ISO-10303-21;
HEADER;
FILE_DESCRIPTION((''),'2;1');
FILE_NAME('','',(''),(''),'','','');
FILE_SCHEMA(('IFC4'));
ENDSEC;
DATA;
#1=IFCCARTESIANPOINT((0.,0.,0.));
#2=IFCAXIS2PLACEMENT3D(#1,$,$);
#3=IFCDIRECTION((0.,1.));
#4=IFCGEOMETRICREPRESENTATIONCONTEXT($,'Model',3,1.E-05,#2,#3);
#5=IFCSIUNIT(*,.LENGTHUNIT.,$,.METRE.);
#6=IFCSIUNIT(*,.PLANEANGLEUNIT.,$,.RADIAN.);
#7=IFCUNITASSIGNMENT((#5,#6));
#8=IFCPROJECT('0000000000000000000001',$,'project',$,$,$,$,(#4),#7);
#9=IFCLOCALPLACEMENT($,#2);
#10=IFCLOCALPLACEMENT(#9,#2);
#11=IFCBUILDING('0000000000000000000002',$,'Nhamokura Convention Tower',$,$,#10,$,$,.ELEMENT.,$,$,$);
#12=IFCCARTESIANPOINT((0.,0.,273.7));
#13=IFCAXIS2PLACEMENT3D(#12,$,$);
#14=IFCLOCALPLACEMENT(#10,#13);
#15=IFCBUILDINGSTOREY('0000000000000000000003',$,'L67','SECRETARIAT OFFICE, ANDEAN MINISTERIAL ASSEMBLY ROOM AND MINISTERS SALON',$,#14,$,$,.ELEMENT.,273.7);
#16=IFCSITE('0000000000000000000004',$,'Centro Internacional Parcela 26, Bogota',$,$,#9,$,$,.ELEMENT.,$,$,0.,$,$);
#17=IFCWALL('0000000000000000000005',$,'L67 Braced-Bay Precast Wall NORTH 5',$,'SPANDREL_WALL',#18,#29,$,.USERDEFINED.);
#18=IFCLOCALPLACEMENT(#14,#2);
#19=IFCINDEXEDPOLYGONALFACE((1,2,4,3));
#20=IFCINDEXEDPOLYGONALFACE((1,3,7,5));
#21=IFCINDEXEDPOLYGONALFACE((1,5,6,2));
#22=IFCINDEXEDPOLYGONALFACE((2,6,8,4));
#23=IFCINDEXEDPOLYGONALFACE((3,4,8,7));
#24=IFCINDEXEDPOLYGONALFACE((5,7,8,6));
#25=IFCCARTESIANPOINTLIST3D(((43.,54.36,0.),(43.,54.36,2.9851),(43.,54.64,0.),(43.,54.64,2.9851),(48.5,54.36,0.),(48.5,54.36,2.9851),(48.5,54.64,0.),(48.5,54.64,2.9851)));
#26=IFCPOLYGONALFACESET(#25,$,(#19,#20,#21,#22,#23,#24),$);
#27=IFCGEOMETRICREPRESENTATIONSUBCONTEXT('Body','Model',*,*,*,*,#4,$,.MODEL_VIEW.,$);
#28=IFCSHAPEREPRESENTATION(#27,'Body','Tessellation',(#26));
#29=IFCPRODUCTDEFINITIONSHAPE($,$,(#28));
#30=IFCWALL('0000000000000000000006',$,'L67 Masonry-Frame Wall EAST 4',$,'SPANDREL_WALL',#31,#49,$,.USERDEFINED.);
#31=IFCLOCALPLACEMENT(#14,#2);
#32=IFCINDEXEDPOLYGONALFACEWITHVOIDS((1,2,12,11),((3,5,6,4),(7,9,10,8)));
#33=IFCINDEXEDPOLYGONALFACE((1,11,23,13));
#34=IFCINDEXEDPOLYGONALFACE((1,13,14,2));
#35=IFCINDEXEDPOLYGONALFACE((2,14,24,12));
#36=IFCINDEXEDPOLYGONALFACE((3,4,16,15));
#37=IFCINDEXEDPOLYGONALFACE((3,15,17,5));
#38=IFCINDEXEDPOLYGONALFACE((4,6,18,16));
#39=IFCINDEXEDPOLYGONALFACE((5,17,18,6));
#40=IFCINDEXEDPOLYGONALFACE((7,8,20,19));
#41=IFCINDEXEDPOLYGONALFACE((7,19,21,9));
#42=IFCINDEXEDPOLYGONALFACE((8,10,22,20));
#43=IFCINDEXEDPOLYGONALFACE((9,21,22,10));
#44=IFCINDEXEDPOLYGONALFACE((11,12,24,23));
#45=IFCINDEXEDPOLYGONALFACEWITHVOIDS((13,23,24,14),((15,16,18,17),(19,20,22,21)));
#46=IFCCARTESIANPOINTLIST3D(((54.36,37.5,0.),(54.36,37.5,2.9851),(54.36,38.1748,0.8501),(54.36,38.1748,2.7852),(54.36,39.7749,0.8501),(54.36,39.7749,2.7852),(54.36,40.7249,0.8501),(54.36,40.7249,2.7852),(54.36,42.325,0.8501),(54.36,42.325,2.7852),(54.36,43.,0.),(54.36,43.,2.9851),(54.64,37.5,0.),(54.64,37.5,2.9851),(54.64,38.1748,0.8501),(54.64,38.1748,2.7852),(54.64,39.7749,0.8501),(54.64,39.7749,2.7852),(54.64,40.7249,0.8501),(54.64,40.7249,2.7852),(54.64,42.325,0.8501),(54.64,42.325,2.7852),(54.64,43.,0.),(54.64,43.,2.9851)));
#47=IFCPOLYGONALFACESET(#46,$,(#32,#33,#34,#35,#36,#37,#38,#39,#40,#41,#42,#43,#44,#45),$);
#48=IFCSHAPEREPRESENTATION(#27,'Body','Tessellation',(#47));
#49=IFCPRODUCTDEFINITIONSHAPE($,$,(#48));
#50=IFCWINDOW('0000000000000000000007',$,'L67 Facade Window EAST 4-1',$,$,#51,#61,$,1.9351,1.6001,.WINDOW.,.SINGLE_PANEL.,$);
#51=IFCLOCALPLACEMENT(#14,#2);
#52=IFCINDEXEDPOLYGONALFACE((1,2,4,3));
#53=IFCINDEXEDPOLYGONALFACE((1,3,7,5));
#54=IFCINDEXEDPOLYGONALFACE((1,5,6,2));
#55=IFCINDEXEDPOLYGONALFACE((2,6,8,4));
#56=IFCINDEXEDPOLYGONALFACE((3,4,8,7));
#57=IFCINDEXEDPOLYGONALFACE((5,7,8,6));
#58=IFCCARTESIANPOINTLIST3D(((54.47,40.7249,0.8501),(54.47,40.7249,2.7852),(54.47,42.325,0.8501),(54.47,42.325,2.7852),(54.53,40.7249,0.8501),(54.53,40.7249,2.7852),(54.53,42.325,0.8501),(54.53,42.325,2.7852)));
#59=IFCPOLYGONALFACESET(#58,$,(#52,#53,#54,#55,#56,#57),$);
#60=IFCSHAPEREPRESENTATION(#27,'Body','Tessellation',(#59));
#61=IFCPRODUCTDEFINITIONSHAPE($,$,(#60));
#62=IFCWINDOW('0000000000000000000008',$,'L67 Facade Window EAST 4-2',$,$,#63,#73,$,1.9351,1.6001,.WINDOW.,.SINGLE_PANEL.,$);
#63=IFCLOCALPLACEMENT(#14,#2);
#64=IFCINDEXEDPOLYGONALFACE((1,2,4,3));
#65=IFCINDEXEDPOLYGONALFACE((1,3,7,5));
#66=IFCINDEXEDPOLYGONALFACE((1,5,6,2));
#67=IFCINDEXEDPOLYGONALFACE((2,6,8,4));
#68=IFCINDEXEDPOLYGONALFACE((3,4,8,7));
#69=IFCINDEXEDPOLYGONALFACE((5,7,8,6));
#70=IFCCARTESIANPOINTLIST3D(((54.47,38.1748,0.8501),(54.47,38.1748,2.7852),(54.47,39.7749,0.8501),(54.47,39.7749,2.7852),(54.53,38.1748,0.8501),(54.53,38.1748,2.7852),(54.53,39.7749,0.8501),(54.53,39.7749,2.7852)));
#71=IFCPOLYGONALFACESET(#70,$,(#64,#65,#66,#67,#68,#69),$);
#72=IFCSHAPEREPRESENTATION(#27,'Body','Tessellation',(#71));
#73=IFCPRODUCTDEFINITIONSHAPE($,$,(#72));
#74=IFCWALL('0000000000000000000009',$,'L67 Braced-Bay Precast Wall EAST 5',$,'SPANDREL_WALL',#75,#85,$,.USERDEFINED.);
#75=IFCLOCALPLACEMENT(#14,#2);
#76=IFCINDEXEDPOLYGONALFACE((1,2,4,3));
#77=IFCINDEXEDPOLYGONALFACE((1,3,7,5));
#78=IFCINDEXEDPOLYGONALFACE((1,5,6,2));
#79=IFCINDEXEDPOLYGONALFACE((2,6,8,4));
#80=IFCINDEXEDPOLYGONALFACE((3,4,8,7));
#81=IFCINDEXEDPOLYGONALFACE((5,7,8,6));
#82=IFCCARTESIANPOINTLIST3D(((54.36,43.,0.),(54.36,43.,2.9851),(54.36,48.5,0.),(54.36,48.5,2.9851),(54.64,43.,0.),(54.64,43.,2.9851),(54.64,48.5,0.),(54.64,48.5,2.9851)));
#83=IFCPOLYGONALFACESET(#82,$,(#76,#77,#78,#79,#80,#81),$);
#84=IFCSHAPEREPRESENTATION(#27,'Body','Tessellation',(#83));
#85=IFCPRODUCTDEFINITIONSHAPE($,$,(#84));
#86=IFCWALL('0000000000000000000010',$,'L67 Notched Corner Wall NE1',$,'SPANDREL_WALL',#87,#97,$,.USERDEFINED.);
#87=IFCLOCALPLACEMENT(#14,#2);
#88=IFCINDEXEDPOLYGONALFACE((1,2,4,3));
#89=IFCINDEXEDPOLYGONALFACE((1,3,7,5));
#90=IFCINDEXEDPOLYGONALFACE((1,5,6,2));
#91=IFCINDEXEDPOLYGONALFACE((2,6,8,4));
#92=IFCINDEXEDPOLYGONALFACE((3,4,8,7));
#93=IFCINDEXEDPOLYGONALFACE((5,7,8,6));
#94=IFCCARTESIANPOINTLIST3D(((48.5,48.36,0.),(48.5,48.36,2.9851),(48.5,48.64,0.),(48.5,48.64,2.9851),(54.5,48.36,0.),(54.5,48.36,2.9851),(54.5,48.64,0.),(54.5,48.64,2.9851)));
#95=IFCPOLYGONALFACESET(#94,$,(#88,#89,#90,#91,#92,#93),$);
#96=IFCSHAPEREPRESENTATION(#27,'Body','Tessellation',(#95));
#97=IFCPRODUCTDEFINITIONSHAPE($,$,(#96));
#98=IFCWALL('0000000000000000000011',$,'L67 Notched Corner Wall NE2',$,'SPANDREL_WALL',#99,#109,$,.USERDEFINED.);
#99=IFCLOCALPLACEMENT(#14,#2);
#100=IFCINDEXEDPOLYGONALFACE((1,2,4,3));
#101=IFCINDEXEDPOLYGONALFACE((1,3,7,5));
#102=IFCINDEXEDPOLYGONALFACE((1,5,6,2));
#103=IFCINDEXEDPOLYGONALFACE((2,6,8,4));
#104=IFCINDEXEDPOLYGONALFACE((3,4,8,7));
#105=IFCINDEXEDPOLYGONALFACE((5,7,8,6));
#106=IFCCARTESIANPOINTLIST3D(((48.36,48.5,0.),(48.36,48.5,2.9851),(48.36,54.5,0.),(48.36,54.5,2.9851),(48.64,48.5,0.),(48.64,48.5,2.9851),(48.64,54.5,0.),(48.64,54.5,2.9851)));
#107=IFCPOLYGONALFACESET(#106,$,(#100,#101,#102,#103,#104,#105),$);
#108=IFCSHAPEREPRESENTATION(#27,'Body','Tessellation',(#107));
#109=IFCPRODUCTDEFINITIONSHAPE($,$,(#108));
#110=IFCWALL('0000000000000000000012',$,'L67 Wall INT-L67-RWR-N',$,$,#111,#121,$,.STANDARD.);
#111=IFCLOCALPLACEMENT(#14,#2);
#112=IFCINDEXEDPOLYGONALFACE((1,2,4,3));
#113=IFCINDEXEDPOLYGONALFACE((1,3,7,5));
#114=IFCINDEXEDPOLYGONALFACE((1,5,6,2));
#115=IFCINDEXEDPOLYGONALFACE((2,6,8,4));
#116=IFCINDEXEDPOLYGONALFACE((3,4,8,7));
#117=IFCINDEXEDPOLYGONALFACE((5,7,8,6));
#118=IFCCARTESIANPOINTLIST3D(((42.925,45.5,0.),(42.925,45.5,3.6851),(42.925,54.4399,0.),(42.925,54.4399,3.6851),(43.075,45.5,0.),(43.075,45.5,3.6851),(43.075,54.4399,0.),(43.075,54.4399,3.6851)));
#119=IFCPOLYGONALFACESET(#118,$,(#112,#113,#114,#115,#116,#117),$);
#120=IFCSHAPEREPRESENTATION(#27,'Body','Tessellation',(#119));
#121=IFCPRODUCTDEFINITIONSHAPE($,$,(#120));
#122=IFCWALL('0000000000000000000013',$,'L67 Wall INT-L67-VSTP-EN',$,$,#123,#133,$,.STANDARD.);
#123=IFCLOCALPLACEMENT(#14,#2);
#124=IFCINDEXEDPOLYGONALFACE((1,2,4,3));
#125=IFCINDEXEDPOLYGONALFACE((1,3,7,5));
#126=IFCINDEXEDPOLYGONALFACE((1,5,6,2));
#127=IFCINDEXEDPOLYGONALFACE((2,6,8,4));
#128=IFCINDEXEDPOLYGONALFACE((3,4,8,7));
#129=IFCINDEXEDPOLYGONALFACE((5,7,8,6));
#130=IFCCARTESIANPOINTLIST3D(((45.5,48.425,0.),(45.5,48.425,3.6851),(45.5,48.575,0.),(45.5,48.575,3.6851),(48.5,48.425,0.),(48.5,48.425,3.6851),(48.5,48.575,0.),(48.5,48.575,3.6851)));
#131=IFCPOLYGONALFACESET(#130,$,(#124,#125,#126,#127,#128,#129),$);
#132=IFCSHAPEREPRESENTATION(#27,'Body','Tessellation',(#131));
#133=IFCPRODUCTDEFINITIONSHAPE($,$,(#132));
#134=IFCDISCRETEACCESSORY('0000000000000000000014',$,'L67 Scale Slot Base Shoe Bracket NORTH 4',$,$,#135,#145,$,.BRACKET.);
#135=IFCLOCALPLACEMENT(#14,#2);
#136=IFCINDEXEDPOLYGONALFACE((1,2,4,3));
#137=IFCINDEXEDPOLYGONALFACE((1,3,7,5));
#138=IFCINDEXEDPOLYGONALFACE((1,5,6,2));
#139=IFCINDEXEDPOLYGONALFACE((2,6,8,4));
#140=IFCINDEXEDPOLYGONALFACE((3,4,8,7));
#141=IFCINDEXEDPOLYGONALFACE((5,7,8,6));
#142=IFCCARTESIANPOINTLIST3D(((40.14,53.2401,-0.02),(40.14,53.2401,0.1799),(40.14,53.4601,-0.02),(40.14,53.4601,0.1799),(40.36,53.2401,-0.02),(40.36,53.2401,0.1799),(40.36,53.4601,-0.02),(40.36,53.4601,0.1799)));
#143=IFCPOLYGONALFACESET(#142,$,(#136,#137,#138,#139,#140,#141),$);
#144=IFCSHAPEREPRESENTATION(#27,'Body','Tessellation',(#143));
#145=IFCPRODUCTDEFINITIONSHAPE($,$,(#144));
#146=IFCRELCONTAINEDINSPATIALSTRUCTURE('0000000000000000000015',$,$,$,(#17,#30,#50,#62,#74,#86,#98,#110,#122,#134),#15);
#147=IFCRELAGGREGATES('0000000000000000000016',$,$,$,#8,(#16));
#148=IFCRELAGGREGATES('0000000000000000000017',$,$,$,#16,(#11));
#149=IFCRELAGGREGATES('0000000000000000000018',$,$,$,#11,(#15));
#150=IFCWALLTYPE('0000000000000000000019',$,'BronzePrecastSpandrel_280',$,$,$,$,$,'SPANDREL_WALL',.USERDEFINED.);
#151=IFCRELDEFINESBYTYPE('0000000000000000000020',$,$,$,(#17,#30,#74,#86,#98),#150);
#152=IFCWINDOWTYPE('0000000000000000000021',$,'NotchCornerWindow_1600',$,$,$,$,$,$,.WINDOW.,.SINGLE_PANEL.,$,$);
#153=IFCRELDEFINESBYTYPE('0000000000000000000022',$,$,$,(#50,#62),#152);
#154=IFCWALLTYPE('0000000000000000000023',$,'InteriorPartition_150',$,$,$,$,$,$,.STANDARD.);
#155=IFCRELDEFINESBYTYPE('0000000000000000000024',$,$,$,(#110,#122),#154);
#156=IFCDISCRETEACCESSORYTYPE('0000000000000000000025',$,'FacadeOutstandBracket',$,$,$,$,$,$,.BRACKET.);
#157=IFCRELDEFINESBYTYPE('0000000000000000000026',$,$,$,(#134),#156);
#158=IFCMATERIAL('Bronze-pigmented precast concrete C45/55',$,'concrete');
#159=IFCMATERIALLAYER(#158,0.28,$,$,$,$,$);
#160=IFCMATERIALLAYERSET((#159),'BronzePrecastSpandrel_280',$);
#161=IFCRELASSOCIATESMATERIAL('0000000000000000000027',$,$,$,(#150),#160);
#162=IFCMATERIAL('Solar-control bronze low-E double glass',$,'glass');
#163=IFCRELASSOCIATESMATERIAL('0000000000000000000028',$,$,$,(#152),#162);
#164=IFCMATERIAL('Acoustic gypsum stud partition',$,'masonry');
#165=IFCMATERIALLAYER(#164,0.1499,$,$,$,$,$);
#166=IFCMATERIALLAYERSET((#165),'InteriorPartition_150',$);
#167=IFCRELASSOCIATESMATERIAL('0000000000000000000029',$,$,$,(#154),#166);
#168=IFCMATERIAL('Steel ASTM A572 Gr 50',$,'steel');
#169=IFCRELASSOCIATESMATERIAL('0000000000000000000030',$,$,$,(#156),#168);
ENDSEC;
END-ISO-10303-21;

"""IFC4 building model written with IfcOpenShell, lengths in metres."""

from ifc_helpers import new_model, si_unit, direction, frame, frame_2d, origin, origin_2d, place, context, subcontext, project, spatial, rectangle, extrude, material, layer, layer_set, type_object, element, fill, save


model = new_model("IFC4")

# Units and contexts
model_context = context("Model", 3, precision=1e-05, world=origin(), true_north=direction((0.0, 1.0)))
body_context = subcontext(model_context, "Body", "Model", "MODEL_VIEW")
ifc_project = project(units=[si_unit("LENGTHUNIT", "METRE"), si_unit("PLANEANGLEUNIT", "RADIAN")], contexts=[model_context])

# Site, building, storey
site_placement = place(None, origin())
site = spatial("IfcSite", under=ifc_project, at=site_placement, Name="Centro Internacional Parcela 26, Bogota", CompositionType="ELEMENT", RefElevation=0.0)
building_placement = place(site_placement, origin())
building = spatial("IfcBuilding", under=site, at=building_placement, Name="Nhamokura Convention Tower", CompositionType="ELEMENT")
storey_placement = place(building_placement, frame((0.0, 0.0, 273.7)))
storey = spatial("IfcBuildingStorey", under=building, at=storey_placement, Name="L67", Description="SECRETARIAT OFFICE, ANDEAN MINISTERIAL ASSEMBLY ROOM AND MINISTERS SALON", CompositionType="ELEMENT", Elevation=273.7)

# Wall
ifc_material_1 = material(Name="Bronze-pigmented precast concrete C45/55", Category="concrete")
ifc_layer_1 = layer(ifc_material_1, 0.28)
ifc_layer_set_1 = layer_set([ifc_layer_1], Name="BronzePrecastSpandrel_280")
wall_type_1 = type_object("IfcWallType", Name="BronzePrecastSpandrel_280", ElementType="SPANDREL_WALL", PredefinedType="USERDEFINED", material=ifc_layer_set_1)
wall_1_placement = place(storey_placement, frame((43.0, 54.5, 0.0), z_axis=(0.0, 0.0, 1.0), x_axis=(1.0, 0.0, 0.0)))
element("IfcWall", 1, at=wall_1_placement, inside=storey, type_object=wall_type_1, Name="L67 Braced-Bay Precast Wall NORTH 5", ObjectType="SPANDREL_WALL", PredefinedType="USERDEFINED", context=body_context, shape_type="SweptSolid", body=[
    extrude(rectangle(XDim=5.5, YDim=0.28, at=frame_2d((2.75, 0.0))), origin(), (0.0, 0.0, 1.0), 2.9851),
])

# Wall, openings, windows
wall_2_placement = place(storey_placement, frame((54.5, 43.0, 0.0), z_axis=(0.0, 0.0, 1.0), x_axis=(0.0, -1.0, 0.0)))
wall_2 = element("IfcWall", 2, at=wall_2_placement, inside=storey, type_object=wall_type_1, Name="L67 Masonry-Frame Wall EAST 4", ObjectType="SPANDREL_WALL", PredefinedType="USERDEFINED", context=body_context, shape_type="SweptSolid", body=[
    extrude(rectangle(XDim=5.5, YDim=0.28, at=frame_2d((2.75, 0.0))), origin(), (0.0, 0.0, 1.0), 2.9851),
])
opening_1_placement = place(wall_2_placement, frame((0.675, 0.0, 0.8501)))
opening_1 = element("IfcOpeningElement", 3, at=opening_1_placement, cuts=wall_2, PredefinedType="OPENING", context=body_context, shape_type="SweptSolid", body=[
    extrude(rectangle(XDim=1.6001, YDim=1.9351, at=frame_2d((0.8, 0.9675))), frame((0.0, 0.1499, 0.0), z_axis=(0.0, -1.0, 0.0), x_axis=(1.0, 0.0, 0.0)), (0.0, 0.0, 1.0), 0.3),
])
opening_2_placement = place(wall_2_placement, frame((3.2251, 0.0, 0.8501)))
opening_2 = element("IfcOpeningElement", 4, at=opening_2_placement, cuts=wall_2, PredefinedType="OPENING", context=body_context, shape_type="SweptSolid", body=[
    extrude(rectangle(XDim=1.6001, YDim=1.9351, at=frame_2d((0.8, 0.9675))), frame((0.0, 0.1499, 0.0), z_axis=(0.0, -1.0, 0.0), x_axis=(1.0, 0.0, 0.0)), (0.0, 0.0, 1.0), 0.3),
])
ifc_material_2 = material(Name="Solar-control bronze low-E double glass", Category="glass")
window_type = type_object("IfcWindowType", Name="NotchCornerWindow_1600", PartitioningType="SINGLE_PANEL", PredefinedType="WINDOW", material=ifc_material_2)
window_1_placement = place(opening_1_placement, origin())
window_1 = element("IfcWindow", 5, at=window_1_placement, inside=storey, type_object=window_type, Name="L67 Facade Window EAST 4-1", OverallHeight=1.9351, OverallWidth=1.6001, PartitioningType="SINGLE_PANEL", PredefinedType="WINDOW", context=body_context, shape_type="SweptSolid", body=[
    extrude(rectangle(XDim=1.6001, YDim=1.9351, at=frame_2d((0.8, 0.9675))), frame((0.0, 0.03, 0.0), z_axis=(0.0, -1.0, 0.0), x_axis=(1.0, 0.0, 0.0)), (0.0, 0.0, 1.0), 0.0601),
])
fill(opening_1, window_1)
window_2_placement = place(opening_2_placement, origin())
window_2 = element("IfcWindow", 6, at=window_2_placement, inside=storey, type_object=window_type, Name="L67 Facade Window EAST 4-2", OverallHeight=1.9351, OverallWidth=1.6001, PartitioningType="SINGLE_PANEL", PredefinedType="WINDOW", context=body_context, shape_type="SweptSolid", body=[
    extrude(rectangle(XDim=1.6001, YDim=1.9351, at=frame_2d((0.8, 0.9675))), frame((0.0, 0.03, 0.0), z_axis=(0.0, -1.0, 0.0), x_axis=(1.0, 0.0, 0.0)), (0.0, 0.0, 1.0), 0.0601),
])
fill(opening_2, window_2)

# Walls
wall_3_placement = place(storey_placement, frame((54.5, 48.5, 0.0), z_axis=(0.0, 0.0, 1.0), x_axis=(0.0, -1.0, 0.0)))
element("IfcWall", 7, at=wall_3_placement, inside=storey, type_object=wall_type_1, Name="L67 Braced-Bay Precast Wall EAST 5", ObjectType="SPANDREL_WALL", PredefinedType="USERDEFINED", context=body_context, shape_type="SweptSolid", body=[
    extrude(rectangle(XDim=5.5, YDim=0.28, at=frame_2d((2.75, 0.0))), origin(), (0.0, 0.0, 1.0), 2.9851),
])
for number, where, z_axis, x_axis, name in (
    (8, (48.5, 48.5, 0.0), (0.0, 0.0, 1.0), (1.0, 0.0, 0.0), "L67 Notched Corner Wall NE1"),
    (9, (48.5, 54.5, 0.0), (0.0, 0.0, 1.0), (0.0, -1.0, 0.0), "L67 Notched Corner Wall NE2"),
):
    element("IfcWall", number, at=place(storey_placement, frame(where, z_axis=z_axis, x_axis=x_axis)), inside=storey, type_object=wall_type_1, Name=name, ObjectType="SPANDREL_WALL", PredefinedType="USERDEFINED", context=body_context, shape_type="SweptSolid", body=[
        extrude(rectangle(XDim=6.0, YDim=0.28, at=frame_2d((3.0, 0.0))), origin(), (0.0, 0.0, 1.0), 2.9851),
    ])
ifc_material_3 = material(Name="Acoustic gypsum stud partition", Category="masonry")
ifc_layer_2 = layer(ifc_material_3, 0.1499)
ifc_layer_set_2 = layer_set([ifc_layer_2], Name="InteriorPartition_150")
wall_type_2 = type_object("IfcWallType", Name="InteriorPartition_150", PredefinedType="STANDARD", material=ifc_layer_set_2)
wall_4_placement = place(storey_placement, frame((43.0, 45.5, 0.0), z_axis=(0.0, 0.0, 1.0), x_axis=(0.0, 1.0, 0.0)))
element("IfcWall", 10, at=wall_4_placement, inside=storey, type_object=wall_type_2, Name="L67 Wall INT-L67-RWR-N", PredefinedType="STANDARD", context=body_context, shape_type="SweptSolid", body=[
    extrude(rectangle(XDim=8.9399, YDim=0.1499, at=frame_2d((4.47, 0.0))), origin(), (0.0, 0.0, 1.0), 3.6851),
])
wall_5_placement = place(storey_placement, frame((45.5, 48.5, 0.0), z_axis=(0.0, 0.0, 1.0), x_axis=(1.0, 0.0, 0.0)))
element("IfcWall", 11, at=wall_5_placement, inside=storey, type_object=wall_type_2, Name="L67 Wall INT-L67-VSTP-EN", PredefinedType="STANDARD", context=body_context, shape_type="SweptSolid", body=[
    extrude(rectangle(XDim=3.0, YDim=0.1499, at=frame_2d((1.5, 0.0))), origin(), (0.0, 0.0, 1.0), 3.6851),
])

# Discrete accessory
ifc_material_4 = material(Name="Steel ASTM A572 Gr 50", Category="steel")
discrete_accessory_type = type_object("IfcDiscreteAccessoryType", Name="FacadeOutstandBracket", PredefinedType="BRACKET", material=ifc_material_4)
discrete_accessory_placement = place(storey_placement, frame((40.25, 53.3501, -0.02), z_axis=(0.0, 0.0, 1.0), x_axis=(1.0, 0.0, 0.0)))
element("IfcDiscreteAccessory", 12, at=discrete_accessory_placement, inside=storey, type_object=discrete_accessory_type, Name="L67 Scale Slot Base Shoe Bracket NORTH 4", PredefinedType="BRACKET", context=body_context, shape_type="SweptSolid", body=[
    extrude(rectangle(XDim=0.22, YDim=0.22, at=origin_2d()), origin(), (0.0, 0.0, 1.0), 0.2),
])

save(model, "model.ifc")
